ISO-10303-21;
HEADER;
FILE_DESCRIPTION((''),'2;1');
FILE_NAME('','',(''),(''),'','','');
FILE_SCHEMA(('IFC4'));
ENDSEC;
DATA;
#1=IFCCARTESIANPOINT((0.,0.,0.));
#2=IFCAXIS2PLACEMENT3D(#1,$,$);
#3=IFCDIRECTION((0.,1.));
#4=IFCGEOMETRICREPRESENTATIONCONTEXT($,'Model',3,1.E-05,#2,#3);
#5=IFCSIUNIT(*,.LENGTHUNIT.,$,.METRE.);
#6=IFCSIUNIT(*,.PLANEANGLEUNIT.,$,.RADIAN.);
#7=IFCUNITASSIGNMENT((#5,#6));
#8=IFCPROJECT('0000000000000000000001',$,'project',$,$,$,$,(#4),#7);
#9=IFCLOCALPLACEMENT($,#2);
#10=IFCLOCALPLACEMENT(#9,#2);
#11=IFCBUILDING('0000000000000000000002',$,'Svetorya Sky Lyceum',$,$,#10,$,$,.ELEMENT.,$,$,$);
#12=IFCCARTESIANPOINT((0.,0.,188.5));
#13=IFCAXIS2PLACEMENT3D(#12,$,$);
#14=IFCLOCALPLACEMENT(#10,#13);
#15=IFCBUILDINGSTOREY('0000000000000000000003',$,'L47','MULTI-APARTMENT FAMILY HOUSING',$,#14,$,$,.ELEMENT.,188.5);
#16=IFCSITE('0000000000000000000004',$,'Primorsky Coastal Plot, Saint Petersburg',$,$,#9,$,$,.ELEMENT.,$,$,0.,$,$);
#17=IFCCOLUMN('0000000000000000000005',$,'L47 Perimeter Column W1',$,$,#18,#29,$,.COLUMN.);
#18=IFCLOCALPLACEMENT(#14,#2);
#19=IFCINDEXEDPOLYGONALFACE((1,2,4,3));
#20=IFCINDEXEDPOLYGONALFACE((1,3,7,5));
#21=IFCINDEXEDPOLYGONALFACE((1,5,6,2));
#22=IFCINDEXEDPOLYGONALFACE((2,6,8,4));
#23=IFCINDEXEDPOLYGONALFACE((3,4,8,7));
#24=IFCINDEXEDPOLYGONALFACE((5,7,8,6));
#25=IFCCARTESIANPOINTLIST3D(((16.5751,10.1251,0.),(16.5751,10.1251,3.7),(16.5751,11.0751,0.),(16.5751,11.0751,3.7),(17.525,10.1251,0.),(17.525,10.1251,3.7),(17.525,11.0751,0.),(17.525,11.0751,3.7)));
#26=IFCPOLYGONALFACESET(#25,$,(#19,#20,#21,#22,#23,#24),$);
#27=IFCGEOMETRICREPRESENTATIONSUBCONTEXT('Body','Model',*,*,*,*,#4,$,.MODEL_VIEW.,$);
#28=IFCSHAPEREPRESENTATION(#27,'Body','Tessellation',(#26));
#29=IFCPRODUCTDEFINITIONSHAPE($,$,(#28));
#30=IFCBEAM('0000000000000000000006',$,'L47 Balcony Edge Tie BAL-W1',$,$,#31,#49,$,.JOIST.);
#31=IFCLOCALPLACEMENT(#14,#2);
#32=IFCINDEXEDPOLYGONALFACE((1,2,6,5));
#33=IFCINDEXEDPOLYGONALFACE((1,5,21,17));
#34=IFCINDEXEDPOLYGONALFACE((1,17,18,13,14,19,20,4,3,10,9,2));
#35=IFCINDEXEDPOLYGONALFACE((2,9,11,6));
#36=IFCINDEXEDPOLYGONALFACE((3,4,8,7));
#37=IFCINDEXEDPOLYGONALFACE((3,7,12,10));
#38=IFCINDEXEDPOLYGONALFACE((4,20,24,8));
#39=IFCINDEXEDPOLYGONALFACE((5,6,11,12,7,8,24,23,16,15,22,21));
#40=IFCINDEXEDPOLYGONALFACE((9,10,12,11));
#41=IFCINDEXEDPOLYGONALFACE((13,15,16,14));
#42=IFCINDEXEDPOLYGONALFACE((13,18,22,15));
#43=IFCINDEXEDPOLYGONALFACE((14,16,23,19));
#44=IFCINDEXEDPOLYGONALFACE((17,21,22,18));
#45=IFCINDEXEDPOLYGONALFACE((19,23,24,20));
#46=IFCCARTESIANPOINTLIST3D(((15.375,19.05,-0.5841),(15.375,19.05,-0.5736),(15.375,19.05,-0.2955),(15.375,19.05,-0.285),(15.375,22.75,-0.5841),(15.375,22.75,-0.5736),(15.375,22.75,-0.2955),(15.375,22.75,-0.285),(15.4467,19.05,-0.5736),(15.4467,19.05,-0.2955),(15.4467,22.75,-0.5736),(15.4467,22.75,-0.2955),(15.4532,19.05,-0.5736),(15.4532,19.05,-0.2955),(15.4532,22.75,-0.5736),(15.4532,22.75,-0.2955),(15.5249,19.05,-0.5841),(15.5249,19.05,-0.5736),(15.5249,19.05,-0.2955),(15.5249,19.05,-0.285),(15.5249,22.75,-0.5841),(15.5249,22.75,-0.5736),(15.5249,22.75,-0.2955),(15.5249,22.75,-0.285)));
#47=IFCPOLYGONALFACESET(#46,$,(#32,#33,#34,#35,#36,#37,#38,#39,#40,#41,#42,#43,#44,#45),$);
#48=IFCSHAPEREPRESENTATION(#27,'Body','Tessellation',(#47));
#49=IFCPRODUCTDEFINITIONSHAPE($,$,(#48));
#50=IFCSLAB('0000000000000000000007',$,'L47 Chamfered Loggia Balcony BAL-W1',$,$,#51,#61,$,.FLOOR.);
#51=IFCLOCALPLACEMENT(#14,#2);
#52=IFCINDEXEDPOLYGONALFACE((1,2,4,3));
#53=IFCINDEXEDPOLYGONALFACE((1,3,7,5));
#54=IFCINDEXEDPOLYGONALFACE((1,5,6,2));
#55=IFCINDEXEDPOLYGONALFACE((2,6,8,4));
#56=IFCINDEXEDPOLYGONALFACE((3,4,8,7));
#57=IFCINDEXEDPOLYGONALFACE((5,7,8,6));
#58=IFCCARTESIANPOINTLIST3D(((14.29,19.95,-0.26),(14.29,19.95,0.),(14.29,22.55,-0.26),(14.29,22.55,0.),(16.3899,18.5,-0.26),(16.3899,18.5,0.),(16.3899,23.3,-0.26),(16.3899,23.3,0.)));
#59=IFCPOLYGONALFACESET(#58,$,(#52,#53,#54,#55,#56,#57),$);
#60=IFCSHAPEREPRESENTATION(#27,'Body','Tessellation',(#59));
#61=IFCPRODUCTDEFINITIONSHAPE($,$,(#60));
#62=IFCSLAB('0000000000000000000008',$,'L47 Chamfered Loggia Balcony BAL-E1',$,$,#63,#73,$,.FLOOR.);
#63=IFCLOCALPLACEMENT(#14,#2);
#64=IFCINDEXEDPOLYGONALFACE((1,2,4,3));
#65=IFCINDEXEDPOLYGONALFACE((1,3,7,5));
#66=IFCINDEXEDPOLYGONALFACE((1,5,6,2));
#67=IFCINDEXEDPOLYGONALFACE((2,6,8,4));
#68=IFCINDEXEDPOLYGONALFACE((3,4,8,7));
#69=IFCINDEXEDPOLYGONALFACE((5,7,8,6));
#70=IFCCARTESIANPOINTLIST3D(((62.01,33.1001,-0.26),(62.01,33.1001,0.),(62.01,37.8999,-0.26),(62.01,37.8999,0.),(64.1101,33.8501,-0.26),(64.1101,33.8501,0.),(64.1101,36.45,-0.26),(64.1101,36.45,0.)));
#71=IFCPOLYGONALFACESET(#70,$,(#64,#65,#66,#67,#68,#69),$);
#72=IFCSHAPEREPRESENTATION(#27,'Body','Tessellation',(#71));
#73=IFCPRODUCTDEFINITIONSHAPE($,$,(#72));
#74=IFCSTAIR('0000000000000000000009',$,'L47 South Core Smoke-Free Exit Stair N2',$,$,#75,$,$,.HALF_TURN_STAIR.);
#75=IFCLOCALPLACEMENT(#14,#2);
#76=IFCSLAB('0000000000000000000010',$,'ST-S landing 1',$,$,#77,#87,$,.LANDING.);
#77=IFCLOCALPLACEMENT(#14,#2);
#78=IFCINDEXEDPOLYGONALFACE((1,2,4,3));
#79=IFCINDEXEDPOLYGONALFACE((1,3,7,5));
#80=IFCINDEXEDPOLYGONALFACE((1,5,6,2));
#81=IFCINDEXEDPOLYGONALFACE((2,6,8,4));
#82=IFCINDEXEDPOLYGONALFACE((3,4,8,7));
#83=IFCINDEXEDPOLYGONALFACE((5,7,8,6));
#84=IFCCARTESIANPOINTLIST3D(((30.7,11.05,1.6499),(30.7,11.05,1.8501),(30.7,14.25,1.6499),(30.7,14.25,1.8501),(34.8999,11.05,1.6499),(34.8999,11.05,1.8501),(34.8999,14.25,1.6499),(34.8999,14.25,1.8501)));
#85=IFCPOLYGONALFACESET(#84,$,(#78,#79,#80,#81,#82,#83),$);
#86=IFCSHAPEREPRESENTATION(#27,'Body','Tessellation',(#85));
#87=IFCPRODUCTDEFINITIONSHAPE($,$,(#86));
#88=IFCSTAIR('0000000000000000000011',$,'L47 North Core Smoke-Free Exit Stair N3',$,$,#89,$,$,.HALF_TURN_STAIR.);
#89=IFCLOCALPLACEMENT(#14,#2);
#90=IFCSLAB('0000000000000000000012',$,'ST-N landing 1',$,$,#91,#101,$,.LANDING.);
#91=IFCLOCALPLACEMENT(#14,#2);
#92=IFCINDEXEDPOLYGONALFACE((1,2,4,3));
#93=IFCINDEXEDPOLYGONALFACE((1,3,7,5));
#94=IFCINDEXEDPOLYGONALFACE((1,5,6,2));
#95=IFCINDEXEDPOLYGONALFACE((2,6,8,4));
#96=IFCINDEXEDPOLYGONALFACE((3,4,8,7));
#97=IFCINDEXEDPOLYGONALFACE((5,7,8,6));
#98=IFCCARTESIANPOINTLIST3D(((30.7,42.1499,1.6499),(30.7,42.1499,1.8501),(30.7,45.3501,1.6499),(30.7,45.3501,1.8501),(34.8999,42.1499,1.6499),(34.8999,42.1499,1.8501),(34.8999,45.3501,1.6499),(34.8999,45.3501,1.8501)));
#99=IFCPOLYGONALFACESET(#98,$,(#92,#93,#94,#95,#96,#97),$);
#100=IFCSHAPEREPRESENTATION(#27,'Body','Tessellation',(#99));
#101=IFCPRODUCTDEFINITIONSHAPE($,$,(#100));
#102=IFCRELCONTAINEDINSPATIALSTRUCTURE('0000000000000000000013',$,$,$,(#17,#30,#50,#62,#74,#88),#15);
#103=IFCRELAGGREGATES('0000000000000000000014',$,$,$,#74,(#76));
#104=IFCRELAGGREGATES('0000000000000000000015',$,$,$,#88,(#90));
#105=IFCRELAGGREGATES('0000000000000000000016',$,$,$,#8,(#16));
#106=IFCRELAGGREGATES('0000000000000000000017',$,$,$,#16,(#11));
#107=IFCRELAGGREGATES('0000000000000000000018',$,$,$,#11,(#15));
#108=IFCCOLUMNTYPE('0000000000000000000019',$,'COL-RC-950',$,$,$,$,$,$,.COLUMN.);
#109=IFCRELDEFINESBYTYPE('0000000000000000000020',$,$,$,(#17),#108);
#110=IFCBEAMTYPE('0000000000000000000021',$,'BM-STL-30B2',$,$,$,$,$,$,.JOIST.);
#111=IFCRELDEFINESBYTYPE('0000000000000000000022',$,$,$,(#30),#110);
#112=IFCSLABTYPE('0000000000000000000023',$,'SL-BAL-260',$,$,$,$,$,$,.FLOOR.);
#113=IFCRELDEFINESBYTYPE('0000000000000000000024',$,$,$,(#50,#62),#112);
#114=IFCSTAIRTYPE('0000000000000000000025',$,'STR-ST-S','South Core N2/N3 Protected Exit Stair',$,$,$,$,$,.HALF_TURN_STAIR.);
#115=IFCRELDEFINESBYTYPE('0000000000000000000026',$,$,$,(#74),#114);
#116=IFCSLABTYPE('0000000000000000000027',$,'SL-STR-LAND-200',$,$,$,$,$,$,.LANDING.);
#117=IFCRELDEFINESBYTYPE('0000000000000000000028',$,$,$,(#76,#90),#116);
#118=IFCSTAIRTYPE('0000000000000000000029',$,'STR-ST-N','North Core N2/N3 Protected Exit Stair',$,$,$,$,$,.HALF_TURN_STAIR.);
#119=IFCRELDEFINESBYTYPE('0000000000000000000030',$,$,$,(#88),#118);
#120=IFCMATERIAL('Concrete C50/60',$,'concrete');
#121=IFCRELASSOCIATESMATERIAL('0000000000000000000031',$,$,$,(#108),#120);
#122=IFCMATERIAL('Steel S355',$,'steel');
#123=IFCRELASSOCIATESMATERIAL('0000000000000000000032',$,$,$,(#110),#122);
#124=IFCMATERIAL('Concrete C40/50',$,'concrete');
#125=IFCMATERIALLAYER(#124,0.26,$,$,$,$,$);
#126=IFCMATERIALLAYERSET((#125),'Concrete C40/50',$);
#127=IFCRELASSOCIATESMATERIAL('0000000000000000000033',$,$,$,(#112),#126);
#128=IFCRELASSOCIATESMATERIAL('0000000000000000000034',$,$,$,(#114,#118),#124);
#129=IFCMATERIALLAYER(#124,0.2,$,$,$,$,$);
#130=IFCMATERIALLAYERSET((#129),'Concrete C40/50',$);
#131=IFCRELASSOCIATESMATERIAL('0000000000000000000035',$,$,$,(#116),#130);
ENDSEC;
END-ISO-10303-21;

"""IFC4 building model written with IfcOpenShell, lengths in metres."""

from ifc_helpers import new_model, si_unit, direction, frame, origin, origin_2d, place, context, subcontext, project, spatial, polyline, rectangle, i_section, outline, extrude, material, layer, layer_set, material_profile, profile_set, type_object, element, aggregate, save


model = new_model("IFC4")

# Units and contexts
model_context = context("Model", 3, precision=1e-05, world=origin(), true_north=direction((0.0, 1.0)))
body_context = subcontext(model_context, "Body", "Model", "MODEL_VIEW")
ifc_project = project(units=[si_unit("LENGTHUNIT", "METRE"), si_unit("PLANEANGLEUNIT", "RADIAN")], contexts=[model_context])

# Site, building, storey
site_placement = place(None, origin())
site = spatial("IfcSite", under=ifc_project, at=site_placement, Name="Primorsky Coastal Plot, Saint Petersburg", CompositionType="ELEMENT", RefElevation=0.0)
building_placement = place(site_placement, origin())
building = spatial("IfcBuilding", under=site, at=building_placement, Name="Svetorya Sky Lyceum", CompositionType="ELEMENT")
storey_placement = place(building_placement, frame((0.0, 0.0, 188.5)))
storey = spatial("IfcBuildingStorey", under=building, at=storey_placement, Name="L47", Description="MULTI-APARTMENT FAMILY HOUSING", CompositionType="ELEMENT", Elevation=188.5)

# Column
ifc_material_1 = material(Name="Concrete C50/60", Category="concrete")
ifc_material_profile_1 = material_profile(ifc_material_1, rectangle(XDim=0.95, YDim=0.95, at=origin_2d()), Name="RC COL 950x950")
ifc_profile_set_1 = profile_set([ifc_material_profile_1], Name="Concrete C50/60")
column_type = type_object("IfcColumnType", Name="COL-RC-950", PredefinedType="COLUMN", material=ifc_profile_set_1)
column_placement = place(storey_placement, frame((17.05, 10.6001, 0.0), z_axis=(0.0, 0.0, 1.0), x_axis=(1.0, 0.0, 0.0)))
element("IfcColumn", 1, at=column_placement, inside=storey, type_object=column_type, Name="L47 Perimeter Column W1", PredefinedType="COLUMN", context=body_context, shape_type="SweptSolid", body=[
    extrude(rectangle(XDim=0.95, YDim=0.95, at=origin_2d()), origin(), (0.0, 0.0, 1.0), 3.7),
])

# Beam
ifc_material_2 = material(Name="Steel S355", Category="steel")
ifc_material_profile_2 = material_profile(ifc_material_2, i_section(OverallWidth=0.1499, OverallDepth=0.2991, WebThickness=0.0066, FlangeThickness=0.0105, at=origin_2d()), Name="GOST 30B2")
ifc_profile_set_2 = profile_set([ifc_material_profile_2], Name="Steel S355")
beam_type = type_object("IfcBeamType", Name="BM-STL-30B2", PredefinedType="JOIST", material=ifc_profile_set_2)
beam_placement = place(storey_placement, frame((15.45, 19.05, -0.4346), z_axis=(0.0, 1.0, 0.0), x_axis=(-1.0, 0.0, 0.0)))
element("IfcBeam", 2, at=beam_placement, inside=storey, type_object=beam_type, Name="L47 Balcony Edge Tie BAL-W1", PredefinedType="JOIST", context=body_context, shape_type="SweptSolid", body=[
    extrude(i_section(OverallWidth=0.1499, OverallDepth=0.2991, WebThickness=0.0066, FlangeThickness=0.0105, at=origin_2d()), origin(), (0.0, 0.0, 1.0), 3.7),
])

# Slabs
ifc_material_3 = material(Name="Concrete C40/50", Category="concrete")
ifc_layer_1 = layer(ifc_material_3, 0.26)
ifc_layer_set_1 = layer_set([ifc_layer_1], Name="Concrete C40/50")
slab_type_1 = type_object("IfcSlabType", Name="SL-BAL-260", PredefinedType="FLOOR", material=ifc_layer_set_1)
slab_1_placement = place(storey_placement, frame((0.0, 0.0, -0.26)))
element("IfcSlab", 3, at=slab_1_placement, inside=storey, type_object=slab_type_1, Name="L47 Chamfered Loggia Balcony BAL-W1", PredefinedType="FLOOR", context=body_context, shape_type="SweptSolid", body=[
    extrude(outline(polyline([(16.3899, 18.5), (16.3899, 23.3), (14.29, 22.55), (14.29, 19.95), (16.3899, 18.5)])), origin(), (0.0, 0.0, 1.0), 0.26),
])
slab_2_placement = place(storey_placement, frame((0.0, 0.0, -0.26)))
element("IfcSlab", 4, at=slab_2_placement, inside=storey, type_object=slab_type_1, Name="L47 Chamfered Loggia Balcony BAL-E1", PredefinedType="FLOOR", context=body_context, shape_type="SweptSolid", body=[
    extrude(outline(polyline([(62.01, 33.1001), (64.1101, 33.8501), (64.1101, 36.45), (62.01, 37.8999), (62.01, 33.1001)])), origin(), (0.0, 0.0, 1.0), 0.26),
])

# Stairs, slabs
stair_type_1 = type_object("IfcStairType", Name="STR-ST-S", Description="South Core N2/N3 Protected Exit Stair", PredefinedType="HALF_TURN_STAIR", material=ifc_material_3)
stair_1_placement = place(storey_placement, origin())
stair_1 = element("IfcStair", 5, at=stair_1_placement, inside=storey, type_object=stair_type_1, Name="L47 South Core Smoke-Free Exit Stair N2", PredefinedType="HALF_TURN_STAIR")
ifc_layer_2 = layer(ifc_material_3, 0.2)
ifc_layer_set_2 = layer_set([ifc_layer_2], Name="Concrete C40/50")
slab_type_2 = type_object("IfcSlabType", Name="SL-STR-LAND-200", PredefinedType="LANDING", material=ifc_layer_set_2)
slab_3_placement = place(storey_placement, frame((0.0, 0.0, 1.6499)))
slab_3 = element("IfcSlab", 6, at=slab_3_placement, type_object=slab_type_2, Name="ST-S landing 1", PredefinedType="LANDING", context=body_context, shape_type="SweptSolid", body=[
    extrude(outline(polyline([(30.7, 11.05), (34.8999, 11.05), (34.8999, 14.25), (30.7, 14.25), (30.7, 11.05)])), origin(), (0.0, 0.0, 1.0), 0.2002),
])
aggregate(stair_1, [slab_3])
stair_type_2 = type_object("IfcStairType", Name="STR-ST-N", Description="North Core N2/N3 Protected Exit Stair", PredefinedType="HALF_TURN_STAIR", material=ifc_material_3)
stair_2_placement = place(storey_placement, origin())
stair_2 = element("IfcStair", 7, at=stair_2_placement, inside=storey, type_object=stair_type_2, Name="L47 North Core Smoke-Free Exit Stair N3", PredefinedType="HALF_TURN_STAIR")
slab_4_placement = place(storey_placement, frame((0.0, 0.0, 1.6499)))
slab_4 = element("IfcSlab", 8, at=slab_4_placement, type_object=slab_type_2, Name="ST-N landing 1", PredefinedType="LANDING", context=body_context, shape_type="SweptSolid", body=[
    extrude(outline(polyline([(30.7, 42.1499), (34.8999, 42.1499), (34.8999, 45.3501), (30.7, 45.3501), (30.7, 42.1499)])), origin(), (0.0, 0.0, 1.0), 0.2002),
])
aggregate(stair_2, [slab_4])

save(model, "model.ifc")
